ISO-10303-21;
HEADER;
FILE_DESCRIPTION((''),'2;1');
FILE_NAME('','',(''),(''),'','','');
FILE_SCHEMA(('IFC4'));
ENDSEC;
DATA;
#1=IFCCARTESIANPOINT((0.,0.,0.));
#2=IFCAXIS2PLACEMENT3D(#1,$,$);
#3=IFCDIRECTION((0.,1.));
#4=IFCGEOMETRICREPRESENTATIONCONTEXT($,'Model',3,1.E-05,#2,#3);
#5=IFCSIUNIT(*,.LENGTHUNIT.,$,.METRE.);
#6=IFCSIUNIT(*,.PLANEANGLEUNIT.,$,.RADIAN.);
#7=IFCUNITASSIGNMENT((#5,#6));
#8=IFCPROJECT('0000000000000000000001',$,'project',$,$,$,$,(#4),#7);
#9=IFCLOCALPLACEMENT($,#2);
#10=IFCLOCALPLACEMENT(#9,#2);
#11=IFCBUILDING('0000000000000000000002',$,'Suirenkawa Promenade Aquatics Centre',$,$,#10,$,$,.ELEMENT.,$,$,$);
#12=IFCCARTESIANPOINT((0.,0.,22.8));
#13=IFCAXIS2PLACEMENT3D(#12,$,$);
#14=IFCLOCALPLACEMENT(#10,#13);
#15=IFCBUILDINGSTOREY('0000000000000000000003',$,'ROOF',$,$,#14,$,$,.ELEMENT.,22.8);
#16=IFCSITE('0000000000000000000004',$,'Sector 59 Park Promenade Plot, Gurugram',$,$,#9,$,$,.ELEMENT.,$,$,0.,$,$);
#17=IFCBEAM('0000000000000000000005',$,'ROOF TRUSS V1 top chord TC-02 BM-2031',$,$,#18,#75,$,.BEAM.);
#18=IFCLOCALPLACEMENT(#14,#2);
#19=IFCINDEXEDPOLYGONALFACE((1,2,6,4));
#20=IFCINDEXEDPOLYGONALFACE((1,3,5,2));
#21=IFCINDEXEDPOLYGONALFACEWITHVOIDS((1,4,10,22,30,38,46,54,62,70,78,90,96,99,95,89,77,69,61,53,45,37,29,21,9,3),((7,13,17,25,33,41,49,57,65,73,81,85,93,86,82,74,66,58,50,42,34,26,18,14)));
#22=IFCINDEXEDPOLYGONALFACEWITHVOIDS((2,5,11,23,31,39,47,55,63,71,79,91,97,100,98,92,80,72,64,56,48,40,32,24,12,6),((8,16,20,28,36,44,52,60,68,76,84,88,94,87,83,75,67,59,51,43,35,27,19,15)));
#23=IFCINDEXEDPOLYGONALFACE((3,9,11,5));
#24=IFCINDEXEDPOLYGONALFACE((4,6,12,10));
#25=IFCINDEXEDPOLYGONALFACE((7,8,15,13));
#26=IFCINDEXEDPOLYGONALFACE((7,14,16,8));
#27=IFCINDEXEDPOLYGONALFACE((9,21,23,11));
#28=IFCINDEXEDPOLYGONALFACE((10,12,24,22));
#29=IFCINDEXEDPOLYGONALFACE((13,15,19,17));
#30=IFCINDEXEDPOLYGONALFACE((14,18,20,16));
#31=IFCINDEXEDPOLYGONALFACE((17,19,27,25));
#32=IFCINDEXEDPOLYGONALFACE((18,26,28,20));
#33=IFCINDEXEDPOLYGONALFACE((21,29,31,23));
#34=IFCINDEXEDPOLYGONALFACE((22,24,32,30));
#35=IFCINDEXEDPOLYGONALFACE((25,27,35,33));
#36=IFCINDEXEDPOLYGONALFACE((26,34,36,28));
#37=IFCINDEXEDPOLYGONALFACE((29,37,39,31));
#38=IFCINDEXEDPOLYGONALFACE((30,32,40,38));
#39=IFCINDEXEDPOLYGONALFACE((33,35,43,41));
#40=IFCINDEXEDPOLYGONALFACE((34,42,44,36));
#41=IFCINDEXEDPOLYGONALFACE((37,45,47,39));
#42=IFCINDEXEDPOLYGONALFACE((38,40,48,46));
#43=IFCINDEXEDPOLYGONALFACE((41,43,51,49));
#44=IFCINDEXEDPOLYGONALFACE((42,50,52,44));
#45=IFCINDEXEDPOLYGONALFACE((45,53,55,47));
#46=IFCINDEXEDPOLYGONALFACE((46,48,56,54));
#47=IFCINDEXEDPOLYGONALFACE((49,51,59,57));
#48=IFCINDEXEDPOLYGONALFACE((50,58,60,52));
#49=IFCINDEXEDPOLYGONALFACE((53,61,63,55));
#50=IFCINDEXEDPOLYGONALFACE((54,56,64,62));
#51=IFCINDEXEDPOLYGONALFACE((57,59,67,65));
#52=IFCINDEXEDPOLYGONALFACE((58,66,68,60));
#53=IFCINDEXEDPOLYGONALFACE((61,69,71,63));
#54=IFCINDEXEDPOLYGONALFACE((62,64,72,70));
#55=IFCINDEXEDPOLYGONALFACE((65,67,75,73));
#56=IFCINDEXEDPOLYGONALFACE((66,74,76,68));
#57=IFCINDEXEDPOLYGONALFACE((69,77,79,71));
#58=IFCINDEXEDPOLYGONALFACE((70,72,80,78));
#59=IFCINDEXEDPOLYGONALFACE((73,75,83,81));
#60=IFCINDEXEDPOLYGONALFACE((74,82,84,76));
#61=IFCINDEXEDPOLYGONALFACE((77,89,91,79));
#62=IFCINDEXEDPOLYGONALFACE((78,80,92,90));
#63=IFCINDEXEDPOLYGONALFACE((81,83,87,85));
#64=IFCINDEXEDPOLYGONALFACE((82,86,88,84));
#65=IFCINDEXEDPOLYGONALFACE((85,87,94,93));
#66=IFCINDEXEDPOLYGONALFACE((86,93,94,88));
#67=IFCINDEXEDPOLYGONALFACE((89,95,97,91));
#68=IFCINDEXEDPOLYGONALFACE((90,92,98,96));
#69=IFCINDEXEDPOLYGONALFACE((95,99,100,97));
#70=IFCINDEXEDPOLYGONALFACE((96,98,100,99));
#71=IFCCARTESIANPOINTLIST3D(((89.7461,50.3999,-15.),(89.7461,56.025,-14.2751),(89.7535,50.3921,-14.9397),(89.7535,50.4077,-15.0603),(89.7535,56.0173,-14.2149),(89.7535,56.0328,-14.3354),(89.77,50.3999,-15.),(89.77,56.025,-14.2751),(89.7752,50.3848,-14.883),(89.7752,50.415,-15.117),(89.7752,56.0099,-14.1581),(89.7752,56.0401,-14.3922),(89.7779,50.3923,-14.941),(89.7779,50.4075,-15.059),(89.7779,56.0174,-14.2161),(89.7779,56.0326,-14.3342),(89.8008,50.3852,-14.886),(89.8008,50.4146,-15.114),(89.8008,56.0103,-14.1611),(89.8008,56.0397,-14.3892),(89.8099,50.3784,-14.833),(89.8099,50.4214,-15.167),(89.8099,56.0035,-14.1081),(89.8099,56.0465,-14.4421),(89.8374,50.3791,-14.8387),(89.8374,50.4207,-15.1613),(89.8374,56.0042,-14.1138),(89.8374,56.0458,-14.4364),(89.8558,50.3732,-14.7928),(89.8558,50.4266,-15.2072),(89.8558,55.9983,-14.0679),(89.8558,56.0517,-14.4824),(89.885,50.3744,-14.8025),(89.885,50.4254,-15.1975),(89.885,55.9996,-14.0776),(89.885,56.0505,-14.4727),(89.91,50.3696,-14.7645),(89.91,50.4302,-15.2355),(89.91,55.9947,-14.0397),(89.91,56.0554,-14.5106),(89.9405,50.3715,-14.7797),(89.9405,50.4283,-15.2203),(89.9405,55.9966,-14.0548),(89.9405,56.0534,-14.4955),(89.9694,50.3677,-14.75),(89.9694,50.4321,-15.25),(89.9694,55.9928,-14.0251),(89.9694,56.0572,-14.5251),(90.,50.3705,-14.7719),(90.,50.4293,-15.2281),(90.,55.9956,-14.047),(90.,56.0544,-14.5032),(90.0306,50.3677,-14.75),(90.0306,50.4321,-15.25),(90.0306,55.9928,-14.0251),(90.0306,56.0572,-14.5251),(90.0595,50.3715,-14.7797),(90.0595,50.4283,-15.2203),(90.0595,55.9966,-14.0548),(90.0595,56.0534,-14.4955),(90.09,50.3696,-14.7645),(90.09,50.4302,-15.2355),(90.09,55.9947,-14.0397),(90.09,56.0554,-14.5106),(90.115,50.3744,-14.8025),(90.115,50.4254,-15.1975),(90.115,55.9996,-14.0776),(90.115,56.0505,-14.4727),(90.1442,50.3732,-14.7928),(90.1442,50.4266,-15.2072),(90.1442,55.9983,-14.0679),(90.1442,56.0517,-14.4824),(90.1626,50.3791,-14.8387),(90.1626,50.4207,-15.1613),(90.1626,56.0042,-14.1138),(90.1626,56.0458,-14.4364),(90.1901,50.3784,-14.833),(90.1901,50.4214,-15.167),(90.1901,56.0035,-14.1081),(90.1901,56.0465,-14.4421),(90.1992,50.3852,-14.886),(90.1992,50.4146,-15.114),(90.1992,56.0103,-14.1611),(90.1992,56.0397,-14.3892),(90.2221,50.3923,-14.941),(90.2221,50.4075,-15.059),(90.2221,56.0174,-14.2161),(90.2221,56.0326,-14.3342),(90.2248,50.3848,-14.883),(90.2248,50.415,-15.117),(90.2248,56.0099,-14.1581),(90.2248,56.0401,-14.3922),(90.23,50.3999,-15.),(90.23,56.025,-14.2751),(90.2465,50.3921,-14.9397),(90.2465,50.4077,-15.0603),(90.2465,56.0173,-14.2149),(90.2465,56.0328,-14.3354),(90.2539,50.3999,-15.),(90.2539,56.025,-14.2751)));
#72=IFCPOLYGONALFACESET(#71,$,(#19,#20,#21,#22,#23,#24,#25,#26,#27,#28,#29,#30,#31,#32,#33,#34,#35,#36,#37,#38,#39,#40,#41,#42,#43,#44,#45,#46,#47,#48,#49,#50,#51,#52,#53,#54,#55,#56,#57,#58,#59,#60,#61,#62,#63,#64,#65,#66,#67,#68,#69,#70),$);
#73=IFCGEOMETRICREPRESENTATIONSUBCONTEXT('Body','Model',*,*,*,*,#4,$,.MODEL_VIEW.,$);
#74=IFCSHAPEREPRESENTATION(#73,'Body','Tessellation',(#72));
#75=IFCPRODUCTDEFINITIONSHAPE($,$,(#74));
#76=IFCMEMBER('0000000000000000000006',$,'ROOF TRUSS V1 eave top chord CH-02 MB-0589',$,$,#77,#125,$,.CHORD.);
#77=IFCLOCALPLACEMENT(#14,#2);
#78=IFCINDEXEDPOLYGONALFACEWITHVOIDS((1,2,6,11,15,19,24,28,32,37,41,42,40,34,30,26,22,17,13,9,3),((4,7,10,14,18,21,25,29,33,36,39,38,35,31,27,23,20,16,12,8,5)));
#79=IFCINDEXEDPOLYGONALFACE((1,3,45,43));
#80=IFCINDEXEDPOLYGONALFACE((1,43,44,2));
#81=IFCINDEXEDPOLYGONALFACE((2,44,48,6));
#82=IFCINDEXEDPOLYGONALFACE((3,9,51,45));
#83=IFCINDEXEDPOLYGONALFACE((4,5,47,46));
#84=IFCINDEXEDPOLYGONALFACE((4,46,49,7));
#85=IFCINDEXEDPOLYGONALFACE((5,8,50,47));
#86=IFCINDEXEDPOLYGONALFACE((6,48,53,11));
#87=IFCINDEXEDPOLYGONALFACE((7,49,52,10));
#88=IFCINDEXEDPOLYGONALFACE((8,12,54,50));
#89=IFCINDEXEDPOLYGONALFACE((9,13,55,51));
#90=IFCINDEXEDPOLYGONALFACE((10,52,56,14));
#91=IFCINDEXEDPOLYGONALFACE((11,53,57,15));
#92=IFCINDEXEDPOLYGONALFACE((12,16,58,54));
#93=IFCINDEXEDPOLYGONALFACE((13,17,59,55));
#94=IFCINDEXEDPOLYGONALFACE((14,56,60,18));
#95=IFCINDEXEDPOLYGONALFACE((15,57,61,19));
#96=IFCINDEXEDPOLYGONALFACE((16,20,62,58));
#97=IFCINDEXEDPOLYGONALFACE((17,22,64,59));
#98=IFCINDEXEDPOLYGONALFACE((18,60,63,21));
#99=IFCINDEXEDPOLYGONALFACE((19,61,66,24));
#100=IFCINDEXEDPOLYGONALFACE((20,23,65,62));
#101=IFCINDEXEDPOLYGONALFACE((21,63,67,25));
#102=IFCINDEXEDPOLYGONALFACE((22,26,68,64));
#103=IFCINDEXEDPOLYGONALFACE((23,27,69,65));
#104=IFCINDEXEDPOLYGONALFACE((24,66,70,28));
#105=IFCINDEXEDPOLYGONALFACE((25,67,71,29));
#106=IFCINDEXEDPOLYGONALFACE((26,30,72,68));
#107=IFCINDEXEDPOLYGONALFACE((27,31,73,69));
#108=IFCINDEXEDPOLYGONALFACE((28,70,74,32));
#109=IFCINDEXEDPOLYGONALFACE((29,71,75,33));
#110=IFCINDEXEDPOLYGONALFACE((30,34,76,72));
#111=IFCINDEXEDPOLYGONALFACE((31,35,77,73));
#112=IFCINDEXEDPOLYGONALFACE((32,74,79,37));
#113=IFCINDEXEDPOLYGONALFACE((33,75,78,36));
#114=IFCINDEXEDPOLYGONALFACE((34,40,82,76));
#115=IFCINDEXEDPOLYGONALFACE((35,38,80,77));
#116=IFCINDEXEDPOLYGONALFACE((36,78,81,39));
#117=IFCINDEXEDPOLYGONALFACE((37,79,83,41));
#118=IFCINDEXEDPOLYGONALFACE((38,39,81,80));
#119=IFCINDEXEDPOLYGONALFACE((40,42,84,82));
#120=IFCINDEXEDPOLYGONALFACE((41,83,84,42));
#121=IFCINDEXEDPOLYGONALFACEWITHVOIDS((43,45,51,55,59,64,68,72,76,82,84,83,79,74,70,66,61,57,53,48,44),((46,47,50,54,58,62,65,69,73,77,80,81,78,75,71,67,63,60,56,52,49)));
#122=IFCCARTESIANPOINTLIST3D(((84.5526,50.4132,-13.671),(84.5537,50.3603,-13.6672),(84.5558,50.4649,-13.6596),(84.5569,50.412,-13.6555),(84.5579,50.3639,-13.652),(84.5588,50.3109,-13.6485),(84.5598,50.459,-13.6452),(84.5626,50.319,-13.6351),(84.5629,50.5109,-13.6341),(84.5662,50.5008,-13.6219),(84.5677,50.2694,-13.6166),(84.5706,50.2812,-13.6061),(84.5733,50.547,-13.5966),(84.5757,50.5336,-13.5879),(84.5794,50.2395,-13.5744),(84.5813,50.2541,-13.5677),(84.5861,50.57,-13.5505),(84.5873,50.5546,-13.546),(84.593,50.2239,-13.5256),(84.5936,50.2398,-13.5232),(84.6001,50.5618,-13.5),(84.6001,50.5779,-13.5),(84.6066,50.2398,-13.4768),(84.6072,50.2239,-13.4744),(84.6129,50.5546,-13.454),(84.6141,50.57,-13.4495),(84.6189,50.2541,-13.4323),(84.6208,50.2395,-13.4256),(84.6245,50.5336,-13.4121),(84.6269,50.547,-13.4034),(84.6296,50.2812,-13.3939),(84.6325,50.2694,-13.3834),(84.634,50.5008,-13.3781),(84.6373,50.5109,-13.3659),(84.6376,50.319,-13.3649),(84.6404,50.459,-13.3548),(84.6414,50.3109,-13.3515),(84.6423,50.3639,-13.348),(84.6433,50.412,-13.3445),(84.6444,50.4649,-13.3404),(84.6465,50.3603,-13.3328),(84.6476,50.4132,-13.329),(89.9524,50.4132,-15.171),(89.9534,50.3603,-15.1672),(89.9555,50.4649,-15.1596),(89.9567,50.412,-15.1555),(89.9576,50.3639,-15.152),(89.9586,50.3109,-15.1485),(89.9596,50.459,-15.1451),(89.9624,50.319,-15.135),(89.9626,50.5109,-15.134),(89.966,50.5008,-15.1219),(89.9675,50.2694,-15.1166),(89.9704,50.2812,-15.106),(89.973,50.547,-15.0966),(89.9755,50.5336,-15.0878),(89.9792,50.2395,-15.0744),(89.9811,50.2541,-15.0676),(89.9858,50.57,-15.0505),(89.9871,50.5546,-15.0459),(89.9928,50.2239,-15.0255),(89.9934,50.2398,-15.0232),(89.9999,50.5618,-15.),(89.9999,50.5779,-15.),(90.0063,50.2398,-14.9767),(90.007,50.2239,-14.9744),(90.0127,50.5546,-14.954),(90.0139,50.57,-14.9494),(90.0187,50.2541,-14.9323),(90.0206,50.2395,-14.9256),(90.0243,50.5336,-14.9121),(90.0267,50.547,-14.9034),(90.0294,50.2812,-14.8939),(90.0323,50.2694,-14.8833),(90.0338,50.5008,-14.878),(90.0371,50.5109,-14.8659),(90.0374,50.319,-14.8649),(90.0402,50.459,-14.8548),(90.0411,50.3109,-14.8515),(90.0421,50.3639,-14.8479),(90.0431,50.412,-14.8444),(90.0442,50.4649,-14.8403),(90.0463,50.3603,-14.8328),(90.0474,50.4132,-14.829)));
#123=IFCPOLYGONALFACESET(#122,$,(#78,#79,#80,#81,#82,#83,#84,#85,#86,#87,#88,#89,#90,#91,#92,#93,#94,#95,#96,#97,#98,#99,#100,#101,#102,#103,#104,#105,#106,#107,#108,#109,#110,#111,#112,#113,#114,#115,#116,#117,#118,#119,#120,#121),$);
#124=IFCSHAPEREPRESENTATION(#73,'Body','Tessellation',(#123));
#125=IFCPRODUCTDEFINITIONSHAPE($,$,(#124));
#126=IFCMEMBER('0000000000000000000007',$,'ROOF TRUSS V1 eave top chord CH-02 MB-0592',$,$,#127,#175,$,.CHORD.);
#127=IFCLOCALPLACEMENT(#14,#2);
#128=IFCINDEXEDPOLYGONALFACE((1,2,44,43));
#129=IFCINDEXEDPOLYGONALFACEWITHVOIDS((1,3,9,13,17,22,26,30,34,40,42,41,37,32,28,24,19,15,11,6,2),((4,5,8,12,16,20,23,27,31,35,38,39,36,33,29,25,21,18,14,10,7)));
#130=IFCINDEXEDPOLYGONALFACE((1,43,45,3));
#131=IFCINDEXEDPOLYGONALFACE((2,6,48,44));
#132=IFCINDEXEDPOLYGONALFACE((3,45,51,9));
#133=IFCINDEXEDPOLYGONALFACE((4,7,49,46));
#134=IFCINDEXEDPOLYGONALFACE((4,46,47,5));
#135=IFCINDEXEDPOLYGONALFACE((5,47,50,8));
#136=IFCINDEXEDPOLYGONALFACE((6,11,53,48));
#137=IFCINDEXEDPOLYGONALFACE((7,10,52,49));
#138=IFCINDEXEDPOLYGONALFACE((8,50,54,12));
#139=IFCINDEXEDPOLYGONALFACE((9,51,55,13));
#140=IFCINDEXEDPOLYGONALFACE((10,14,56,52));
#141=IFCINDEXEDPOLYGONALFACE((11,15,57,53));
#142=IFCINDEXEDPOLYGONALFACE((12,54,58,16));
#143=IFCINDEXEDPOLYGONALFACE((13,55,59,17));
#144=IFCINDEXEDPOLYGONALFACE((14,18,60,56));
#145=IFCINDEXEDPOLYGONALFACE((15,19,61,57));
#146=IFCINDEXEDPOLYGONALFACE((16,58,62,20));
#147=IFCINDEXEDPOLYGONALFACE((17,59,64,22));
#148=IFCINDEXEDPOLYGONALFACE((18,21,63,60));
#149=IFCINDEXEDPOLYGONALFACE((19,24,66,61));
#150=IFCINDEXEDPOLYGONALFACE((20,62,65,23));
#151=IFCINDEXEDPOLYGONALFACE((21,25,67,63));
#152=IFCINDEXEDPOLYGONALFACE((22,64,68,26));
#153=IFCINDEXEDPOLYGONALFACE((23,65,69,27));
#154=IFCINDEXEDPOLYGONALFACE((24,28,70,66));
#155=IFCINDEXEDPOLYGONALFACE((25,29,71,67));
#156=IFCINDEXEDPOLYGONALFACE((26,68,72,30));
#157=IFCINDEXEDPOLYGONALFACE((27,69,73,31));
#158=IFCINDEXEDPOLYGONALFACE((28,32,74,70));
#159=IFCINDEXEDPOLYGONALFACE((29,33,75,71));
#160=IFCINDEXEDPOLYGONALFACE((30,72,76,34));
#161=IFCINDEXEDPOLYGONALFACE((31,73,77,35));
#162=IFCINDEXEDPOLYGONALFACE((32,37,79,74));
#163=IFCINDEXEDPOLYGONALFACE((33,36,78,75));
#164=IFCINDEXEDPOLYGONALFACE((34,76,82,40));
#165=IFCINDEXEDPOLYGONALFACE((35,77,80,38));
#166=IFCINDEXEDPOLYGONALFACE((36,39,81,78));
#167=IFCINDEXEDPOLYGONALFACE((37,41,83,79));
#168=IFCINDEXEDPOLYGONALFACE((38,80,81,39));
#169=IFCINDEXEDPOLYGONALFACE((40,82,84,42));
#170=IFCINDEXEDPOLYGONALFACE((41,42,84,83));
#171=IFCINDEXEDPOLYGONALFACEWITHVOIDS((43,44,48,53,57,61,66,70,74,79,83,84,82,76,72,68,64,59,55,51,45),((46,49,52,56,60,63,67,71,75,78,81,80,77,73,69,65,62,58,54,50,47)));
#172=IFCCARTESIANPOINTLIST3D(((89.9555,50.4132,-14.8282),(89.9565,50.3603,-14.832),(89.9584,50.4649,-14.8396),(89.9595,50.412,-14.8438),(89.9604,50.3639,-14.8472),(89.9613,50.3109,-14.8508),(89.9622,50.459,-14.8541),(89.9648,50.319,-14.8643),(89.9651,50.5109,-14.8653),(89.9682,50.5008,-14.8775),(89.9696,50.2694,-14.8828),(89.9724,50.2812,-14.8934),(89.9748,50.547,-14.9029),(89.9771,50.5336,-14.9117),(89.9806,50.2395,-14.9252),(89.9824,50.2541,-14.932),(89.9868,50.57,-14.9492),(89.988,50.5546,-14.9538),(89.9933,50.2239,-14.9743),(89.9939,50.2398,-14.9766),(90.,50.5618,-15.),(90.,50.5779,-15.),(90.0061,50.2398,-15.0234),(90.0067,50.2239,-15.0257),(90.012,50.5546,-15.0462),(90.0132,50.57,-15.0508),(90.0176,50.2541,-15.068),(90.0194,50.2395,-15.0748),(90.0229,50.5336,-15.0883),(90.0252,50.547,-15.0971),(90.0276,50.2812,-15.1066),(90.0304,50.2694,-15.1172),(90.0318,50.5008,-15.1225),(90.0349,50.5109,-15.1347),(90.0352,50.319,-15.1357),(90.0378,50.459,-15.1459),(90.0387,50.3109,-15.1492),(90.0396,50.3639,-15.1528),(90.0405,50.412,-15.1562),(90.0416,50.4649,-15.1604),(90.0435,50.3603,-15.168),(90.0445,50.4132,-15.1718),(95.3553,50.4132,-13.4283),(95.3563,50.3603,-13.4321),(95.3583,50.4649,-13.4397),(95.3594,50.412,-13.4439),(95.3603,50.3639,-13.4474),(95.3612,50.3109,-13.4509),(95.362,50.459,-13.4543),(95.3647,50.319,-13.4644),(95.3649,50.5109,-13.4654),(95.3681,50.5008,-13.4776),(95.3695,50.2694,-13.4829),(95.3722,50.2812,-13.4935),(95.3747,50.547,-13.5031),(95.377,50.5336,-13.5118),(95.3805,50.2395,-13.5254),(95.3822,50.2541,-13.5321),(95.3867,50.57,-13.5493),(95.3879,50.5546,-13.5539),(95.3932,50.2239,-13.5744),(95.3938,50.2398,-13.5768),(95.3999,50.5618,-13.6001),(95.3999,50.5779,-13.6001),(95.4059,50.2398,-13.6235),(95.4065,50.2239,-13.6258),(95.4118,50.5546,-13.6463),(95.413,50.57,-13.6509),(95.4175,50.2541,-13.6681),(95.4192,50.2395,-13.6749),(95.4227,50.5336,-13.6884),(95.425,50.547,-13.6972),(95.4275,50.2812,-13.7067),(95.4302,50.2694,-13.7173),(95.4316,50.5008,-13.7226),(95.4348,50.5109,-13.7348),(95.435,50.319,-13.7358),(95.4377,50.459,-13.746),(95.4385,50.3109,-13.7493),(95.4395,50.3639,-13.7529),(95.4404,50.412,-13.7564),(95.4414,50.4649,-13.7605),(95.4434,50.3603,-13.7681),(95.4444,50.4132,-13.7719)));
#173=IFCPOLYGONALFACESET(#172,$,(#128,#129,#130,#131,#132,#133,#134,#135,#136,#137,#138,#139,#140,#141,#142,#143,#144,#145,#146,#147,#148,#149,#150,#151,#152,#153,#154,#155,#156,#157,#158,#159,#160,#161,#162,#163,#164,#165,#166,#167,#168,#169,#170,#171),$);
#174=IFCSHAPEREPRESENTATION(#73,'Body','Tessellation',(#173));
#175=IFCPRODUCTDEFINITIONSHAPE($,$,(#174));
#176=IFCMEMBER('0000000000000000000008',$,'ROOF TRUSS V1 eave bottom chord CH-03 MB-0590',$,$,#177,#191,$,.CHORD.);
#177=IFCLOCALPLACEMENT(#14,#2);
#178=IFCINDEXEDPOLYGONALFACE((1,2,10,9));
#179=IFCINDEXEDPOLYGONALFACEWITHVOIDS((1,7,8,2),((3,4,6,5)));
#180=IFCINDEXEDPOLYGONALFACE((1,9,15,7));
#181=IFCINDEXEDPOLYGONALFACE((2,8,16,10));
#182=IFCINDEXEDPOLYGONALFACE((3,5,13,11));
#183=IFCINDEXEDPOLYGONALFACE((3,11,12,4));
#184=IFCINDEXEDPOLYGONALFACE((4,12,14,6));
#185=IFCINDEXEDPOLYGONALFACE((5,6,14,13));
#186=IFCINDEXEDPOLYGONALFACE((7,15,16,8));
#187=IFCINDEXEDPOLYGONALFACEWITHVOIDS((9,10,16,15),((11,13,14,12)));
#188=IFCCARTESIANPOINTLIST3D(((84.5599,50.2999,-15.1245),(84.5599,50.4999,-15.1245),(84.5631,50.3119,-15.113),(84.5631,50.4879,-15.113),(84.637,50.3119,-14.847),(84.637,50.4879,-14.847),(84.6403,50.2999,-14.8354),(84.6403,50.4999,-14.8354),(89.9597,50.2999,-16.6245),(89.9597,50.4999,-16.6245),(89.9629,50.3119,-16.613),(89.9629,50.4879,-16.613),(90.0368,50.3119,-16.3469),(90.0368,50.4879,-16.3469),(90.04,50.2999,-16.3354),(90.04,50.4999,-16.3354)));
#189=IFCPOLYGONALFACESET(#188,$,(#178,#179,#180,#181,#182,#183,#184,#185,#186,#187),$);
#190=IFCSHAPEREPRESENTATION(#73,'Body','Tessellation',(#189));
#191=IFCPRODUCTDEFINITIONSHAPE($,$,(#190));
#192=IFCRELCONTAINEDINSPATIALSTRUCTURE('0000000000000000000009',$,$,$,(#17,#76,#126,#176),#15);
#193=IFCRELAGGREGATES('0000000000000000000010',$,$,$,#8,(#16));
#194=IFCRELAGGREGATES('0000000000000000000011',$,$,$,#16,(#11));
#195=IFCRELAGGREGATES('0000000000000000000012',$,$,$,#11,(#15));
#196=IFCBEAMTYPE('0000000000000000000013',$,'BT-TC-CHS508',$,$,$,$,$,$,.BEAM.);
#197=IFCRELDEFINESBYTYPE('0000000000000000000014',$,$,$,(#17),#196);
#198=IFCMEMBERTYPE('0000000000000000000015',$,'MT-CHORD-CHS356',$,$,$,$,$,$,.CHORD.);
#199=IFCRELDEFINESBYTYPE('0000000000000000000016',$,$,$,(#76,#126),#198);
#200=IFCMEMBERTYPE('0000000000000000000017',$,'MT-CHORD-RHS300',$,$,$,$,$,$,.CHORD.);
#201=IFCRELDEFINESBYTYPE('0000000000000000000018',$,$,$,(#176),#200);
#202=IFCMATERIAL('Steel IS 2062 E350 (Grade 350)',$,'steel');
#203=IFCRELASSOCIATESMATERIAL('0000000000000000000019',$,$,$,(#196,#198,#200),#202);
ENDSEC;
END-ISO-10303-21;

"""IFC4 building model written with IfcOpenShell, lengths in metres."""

from ifc_helpers import new_model, si_unit, direction, frame, origin, origin_2d, place, context, subcontext, project, spatial, hollow_rectangle, hollow_circle, extrude, material, material_profile, profile_set, type_object, element, save


model = new_model("IFC4")

# Units and contexts
model_context = context("Model", 3, precision=1e-05, world=origin(), true_north=direction((0.0, 1.0)))
body_context = subcontext(model_context, "Body", "Model", "MODEL_VIEW")
ifc_project = project(units=[si_unit("LENGTHUNIT", "METRE"), si_unit("PLANEANGLEUNIT", "RADIAN")], contexts=[model_context])

# Site, building, storey
site_placement = place(None, origin())
site = spatial("IfcSite", under=ifc_project, at=site_placement, Name="Sector 59 Park Promenade Plot, Gurugram", CompositionType="ELEMENT", RefElevation=0.0)
building_placement = place(site_placement, origin())
building = spatial("IfcBuilding", under=site, at=building_placement, Name="Suirenkawa Promenade Aquatics Centre", CompositionType="ELEMENT")
storey_placement = place(building_placement, frame((0.0, 0.0, 22.8)))
storey = spatial("IfcBuildingStorey", under=building, at=storey_placement, Name="ROOF", CompositionType="ELEMENT", Elevation=22.8)

# Beam
ifc_material_1 = material(Name="Steel IS 2062 E350 (Grade 350)", Category="steel")
ifc_material_profile_1 = material_profile(ifc_material_1, hollow_circle(Radius=0.2539, WallThickness=0.0239, at=origin_2d()), Name="CHS 508x24", Category="steel")
ifc_profile_set_1 = profile_set([ifc_material_profile_1], Name="Steel IS 2062 E350 (Grade 350)")
beam_type_1 = type_object("IfcBeamType", Name="BT-TC-CHS508", PredefinedType="BEAM", material=ifc_profile_set_1)
for number, where, z_axis, x_axis, name in (
    (1, (90.0, 50.3999, -15.0), (0.0, 0.991799, 0.127806), (-1.0, 0.0, 0.0), "ROOF TRUSS V1 top chord TC-02 BM-2031"),
):
    element("IfcBeam", number, at=place(storey_placement, frame(where, z_axis=z_axis, x_axis=x_axis)), inside=storey, type_object=beam_type_1, Name=name, PredefinedType="BEAM", context=body_context, shape_type="SweptSolid", body=[
        extrude(hollow_circle(Radius=0.2539, WallThickness=0.0239, at=origin_2d()), origin(), (0.0, 0.0, 1.0), 5.6716),
    ])

# Members
ifc_material_profile_2 = material_profile(ifc_material_1, hollow_circle(Radius=0.178, WallThickness=0.0161, at=origin_2d()), Name="CHS 356x16", Category="steel")
ifc_profile_set_2 = profile_set([ifc_material_profile_2], Name="Steel IS 2062 E350 (Grade 350)")
member_type_1 = type_object("IfcMemberType", Name="MT-CHORD-CHS356", PredefinedType="CHORD", material=ifc_profile_set_2)
member_1_placement = place(storey_placement, frame((84.6001, 50.3999, -13.5), z_axis=(0.963517, 0.0, -0.267648), x_axis=(0.0, 1.0, 0.0)))
element("IfcMember", 2, at=member_1_placement, inside=storey, type_object=member_type_1, Name="ROOF TRUSS V1 eave top chord CH-02 MB-0589", PredefinedType="CHORD", context=body_context, shape_type="SweptSolid", body=[
    extrude(hollow_circle(Radius=0.178, WallThickness=0.0161, at=origin_2d()), origin(), (0.0, 0.0, 1.0), 5.6042),
])
member_2_placement = place(storey_placement, frame((90.0, 50.3999, -15.0), z_axis=(0.968, 0.0, 0.25095), x_axis=(0.0, 1.0, 0.0)))
element("IfcMember", 3, at=member_2_placement, inside=storey, type_object=member_type_1, Name="ROOF TRUSS V1 eave top chord CH-02 MB-0592", PredefinedType="CHORD", context=body_context, shape_type="SweptSolid", body=[
    extrude(hollow_circle(Radius=0.178, WallThickness=0.0161, at=origin_2d()), origin(), (0.0, 0.0, 1.0), 5.5784),
])
ifc_material_profile_3 = material_profile(ifc_material_1, hollow_rectangle(XDim=0.2, YDim=0.3, WallThickness=0.012, at=origin_2d()), Name="RHS 300x200x12", Category="steel")
ifc_profile_set_3 = profile_set([ifc_material_profile_3], Name="Steel IS 2062 E350 (Grade 350)")
member_type_2 = type_object("IfcMemberType", Name="MT-CHORD-RHS300", PredefinedType="CHORD", material=ifc_profile_set_3)
member_3_placement = place(storey_placement, frame((84.6001, 50.3999, -14.98), z_axis=(0.963517, 0.0, -0.267648), x_axis=(0.0, 1.0, 0.0)))
element("IfcMember", 4, at=member_3_placement, inside=storey, type_object=member_type_2, Name="ROOF TRUSS V1 eave bottom chord CH-03 MB-0590", PredefinedType="CHORD", context=body_context, shape_type="SweptSolid", body=[
    extrude(hollow_rectangle(XDim=0.2, YDim=0.3, WallThickness=0.012, at=origin_2d()), origin(), (0.0, 0.0, 1.0), 5.6042),
])

save(model, "model.ifc")
